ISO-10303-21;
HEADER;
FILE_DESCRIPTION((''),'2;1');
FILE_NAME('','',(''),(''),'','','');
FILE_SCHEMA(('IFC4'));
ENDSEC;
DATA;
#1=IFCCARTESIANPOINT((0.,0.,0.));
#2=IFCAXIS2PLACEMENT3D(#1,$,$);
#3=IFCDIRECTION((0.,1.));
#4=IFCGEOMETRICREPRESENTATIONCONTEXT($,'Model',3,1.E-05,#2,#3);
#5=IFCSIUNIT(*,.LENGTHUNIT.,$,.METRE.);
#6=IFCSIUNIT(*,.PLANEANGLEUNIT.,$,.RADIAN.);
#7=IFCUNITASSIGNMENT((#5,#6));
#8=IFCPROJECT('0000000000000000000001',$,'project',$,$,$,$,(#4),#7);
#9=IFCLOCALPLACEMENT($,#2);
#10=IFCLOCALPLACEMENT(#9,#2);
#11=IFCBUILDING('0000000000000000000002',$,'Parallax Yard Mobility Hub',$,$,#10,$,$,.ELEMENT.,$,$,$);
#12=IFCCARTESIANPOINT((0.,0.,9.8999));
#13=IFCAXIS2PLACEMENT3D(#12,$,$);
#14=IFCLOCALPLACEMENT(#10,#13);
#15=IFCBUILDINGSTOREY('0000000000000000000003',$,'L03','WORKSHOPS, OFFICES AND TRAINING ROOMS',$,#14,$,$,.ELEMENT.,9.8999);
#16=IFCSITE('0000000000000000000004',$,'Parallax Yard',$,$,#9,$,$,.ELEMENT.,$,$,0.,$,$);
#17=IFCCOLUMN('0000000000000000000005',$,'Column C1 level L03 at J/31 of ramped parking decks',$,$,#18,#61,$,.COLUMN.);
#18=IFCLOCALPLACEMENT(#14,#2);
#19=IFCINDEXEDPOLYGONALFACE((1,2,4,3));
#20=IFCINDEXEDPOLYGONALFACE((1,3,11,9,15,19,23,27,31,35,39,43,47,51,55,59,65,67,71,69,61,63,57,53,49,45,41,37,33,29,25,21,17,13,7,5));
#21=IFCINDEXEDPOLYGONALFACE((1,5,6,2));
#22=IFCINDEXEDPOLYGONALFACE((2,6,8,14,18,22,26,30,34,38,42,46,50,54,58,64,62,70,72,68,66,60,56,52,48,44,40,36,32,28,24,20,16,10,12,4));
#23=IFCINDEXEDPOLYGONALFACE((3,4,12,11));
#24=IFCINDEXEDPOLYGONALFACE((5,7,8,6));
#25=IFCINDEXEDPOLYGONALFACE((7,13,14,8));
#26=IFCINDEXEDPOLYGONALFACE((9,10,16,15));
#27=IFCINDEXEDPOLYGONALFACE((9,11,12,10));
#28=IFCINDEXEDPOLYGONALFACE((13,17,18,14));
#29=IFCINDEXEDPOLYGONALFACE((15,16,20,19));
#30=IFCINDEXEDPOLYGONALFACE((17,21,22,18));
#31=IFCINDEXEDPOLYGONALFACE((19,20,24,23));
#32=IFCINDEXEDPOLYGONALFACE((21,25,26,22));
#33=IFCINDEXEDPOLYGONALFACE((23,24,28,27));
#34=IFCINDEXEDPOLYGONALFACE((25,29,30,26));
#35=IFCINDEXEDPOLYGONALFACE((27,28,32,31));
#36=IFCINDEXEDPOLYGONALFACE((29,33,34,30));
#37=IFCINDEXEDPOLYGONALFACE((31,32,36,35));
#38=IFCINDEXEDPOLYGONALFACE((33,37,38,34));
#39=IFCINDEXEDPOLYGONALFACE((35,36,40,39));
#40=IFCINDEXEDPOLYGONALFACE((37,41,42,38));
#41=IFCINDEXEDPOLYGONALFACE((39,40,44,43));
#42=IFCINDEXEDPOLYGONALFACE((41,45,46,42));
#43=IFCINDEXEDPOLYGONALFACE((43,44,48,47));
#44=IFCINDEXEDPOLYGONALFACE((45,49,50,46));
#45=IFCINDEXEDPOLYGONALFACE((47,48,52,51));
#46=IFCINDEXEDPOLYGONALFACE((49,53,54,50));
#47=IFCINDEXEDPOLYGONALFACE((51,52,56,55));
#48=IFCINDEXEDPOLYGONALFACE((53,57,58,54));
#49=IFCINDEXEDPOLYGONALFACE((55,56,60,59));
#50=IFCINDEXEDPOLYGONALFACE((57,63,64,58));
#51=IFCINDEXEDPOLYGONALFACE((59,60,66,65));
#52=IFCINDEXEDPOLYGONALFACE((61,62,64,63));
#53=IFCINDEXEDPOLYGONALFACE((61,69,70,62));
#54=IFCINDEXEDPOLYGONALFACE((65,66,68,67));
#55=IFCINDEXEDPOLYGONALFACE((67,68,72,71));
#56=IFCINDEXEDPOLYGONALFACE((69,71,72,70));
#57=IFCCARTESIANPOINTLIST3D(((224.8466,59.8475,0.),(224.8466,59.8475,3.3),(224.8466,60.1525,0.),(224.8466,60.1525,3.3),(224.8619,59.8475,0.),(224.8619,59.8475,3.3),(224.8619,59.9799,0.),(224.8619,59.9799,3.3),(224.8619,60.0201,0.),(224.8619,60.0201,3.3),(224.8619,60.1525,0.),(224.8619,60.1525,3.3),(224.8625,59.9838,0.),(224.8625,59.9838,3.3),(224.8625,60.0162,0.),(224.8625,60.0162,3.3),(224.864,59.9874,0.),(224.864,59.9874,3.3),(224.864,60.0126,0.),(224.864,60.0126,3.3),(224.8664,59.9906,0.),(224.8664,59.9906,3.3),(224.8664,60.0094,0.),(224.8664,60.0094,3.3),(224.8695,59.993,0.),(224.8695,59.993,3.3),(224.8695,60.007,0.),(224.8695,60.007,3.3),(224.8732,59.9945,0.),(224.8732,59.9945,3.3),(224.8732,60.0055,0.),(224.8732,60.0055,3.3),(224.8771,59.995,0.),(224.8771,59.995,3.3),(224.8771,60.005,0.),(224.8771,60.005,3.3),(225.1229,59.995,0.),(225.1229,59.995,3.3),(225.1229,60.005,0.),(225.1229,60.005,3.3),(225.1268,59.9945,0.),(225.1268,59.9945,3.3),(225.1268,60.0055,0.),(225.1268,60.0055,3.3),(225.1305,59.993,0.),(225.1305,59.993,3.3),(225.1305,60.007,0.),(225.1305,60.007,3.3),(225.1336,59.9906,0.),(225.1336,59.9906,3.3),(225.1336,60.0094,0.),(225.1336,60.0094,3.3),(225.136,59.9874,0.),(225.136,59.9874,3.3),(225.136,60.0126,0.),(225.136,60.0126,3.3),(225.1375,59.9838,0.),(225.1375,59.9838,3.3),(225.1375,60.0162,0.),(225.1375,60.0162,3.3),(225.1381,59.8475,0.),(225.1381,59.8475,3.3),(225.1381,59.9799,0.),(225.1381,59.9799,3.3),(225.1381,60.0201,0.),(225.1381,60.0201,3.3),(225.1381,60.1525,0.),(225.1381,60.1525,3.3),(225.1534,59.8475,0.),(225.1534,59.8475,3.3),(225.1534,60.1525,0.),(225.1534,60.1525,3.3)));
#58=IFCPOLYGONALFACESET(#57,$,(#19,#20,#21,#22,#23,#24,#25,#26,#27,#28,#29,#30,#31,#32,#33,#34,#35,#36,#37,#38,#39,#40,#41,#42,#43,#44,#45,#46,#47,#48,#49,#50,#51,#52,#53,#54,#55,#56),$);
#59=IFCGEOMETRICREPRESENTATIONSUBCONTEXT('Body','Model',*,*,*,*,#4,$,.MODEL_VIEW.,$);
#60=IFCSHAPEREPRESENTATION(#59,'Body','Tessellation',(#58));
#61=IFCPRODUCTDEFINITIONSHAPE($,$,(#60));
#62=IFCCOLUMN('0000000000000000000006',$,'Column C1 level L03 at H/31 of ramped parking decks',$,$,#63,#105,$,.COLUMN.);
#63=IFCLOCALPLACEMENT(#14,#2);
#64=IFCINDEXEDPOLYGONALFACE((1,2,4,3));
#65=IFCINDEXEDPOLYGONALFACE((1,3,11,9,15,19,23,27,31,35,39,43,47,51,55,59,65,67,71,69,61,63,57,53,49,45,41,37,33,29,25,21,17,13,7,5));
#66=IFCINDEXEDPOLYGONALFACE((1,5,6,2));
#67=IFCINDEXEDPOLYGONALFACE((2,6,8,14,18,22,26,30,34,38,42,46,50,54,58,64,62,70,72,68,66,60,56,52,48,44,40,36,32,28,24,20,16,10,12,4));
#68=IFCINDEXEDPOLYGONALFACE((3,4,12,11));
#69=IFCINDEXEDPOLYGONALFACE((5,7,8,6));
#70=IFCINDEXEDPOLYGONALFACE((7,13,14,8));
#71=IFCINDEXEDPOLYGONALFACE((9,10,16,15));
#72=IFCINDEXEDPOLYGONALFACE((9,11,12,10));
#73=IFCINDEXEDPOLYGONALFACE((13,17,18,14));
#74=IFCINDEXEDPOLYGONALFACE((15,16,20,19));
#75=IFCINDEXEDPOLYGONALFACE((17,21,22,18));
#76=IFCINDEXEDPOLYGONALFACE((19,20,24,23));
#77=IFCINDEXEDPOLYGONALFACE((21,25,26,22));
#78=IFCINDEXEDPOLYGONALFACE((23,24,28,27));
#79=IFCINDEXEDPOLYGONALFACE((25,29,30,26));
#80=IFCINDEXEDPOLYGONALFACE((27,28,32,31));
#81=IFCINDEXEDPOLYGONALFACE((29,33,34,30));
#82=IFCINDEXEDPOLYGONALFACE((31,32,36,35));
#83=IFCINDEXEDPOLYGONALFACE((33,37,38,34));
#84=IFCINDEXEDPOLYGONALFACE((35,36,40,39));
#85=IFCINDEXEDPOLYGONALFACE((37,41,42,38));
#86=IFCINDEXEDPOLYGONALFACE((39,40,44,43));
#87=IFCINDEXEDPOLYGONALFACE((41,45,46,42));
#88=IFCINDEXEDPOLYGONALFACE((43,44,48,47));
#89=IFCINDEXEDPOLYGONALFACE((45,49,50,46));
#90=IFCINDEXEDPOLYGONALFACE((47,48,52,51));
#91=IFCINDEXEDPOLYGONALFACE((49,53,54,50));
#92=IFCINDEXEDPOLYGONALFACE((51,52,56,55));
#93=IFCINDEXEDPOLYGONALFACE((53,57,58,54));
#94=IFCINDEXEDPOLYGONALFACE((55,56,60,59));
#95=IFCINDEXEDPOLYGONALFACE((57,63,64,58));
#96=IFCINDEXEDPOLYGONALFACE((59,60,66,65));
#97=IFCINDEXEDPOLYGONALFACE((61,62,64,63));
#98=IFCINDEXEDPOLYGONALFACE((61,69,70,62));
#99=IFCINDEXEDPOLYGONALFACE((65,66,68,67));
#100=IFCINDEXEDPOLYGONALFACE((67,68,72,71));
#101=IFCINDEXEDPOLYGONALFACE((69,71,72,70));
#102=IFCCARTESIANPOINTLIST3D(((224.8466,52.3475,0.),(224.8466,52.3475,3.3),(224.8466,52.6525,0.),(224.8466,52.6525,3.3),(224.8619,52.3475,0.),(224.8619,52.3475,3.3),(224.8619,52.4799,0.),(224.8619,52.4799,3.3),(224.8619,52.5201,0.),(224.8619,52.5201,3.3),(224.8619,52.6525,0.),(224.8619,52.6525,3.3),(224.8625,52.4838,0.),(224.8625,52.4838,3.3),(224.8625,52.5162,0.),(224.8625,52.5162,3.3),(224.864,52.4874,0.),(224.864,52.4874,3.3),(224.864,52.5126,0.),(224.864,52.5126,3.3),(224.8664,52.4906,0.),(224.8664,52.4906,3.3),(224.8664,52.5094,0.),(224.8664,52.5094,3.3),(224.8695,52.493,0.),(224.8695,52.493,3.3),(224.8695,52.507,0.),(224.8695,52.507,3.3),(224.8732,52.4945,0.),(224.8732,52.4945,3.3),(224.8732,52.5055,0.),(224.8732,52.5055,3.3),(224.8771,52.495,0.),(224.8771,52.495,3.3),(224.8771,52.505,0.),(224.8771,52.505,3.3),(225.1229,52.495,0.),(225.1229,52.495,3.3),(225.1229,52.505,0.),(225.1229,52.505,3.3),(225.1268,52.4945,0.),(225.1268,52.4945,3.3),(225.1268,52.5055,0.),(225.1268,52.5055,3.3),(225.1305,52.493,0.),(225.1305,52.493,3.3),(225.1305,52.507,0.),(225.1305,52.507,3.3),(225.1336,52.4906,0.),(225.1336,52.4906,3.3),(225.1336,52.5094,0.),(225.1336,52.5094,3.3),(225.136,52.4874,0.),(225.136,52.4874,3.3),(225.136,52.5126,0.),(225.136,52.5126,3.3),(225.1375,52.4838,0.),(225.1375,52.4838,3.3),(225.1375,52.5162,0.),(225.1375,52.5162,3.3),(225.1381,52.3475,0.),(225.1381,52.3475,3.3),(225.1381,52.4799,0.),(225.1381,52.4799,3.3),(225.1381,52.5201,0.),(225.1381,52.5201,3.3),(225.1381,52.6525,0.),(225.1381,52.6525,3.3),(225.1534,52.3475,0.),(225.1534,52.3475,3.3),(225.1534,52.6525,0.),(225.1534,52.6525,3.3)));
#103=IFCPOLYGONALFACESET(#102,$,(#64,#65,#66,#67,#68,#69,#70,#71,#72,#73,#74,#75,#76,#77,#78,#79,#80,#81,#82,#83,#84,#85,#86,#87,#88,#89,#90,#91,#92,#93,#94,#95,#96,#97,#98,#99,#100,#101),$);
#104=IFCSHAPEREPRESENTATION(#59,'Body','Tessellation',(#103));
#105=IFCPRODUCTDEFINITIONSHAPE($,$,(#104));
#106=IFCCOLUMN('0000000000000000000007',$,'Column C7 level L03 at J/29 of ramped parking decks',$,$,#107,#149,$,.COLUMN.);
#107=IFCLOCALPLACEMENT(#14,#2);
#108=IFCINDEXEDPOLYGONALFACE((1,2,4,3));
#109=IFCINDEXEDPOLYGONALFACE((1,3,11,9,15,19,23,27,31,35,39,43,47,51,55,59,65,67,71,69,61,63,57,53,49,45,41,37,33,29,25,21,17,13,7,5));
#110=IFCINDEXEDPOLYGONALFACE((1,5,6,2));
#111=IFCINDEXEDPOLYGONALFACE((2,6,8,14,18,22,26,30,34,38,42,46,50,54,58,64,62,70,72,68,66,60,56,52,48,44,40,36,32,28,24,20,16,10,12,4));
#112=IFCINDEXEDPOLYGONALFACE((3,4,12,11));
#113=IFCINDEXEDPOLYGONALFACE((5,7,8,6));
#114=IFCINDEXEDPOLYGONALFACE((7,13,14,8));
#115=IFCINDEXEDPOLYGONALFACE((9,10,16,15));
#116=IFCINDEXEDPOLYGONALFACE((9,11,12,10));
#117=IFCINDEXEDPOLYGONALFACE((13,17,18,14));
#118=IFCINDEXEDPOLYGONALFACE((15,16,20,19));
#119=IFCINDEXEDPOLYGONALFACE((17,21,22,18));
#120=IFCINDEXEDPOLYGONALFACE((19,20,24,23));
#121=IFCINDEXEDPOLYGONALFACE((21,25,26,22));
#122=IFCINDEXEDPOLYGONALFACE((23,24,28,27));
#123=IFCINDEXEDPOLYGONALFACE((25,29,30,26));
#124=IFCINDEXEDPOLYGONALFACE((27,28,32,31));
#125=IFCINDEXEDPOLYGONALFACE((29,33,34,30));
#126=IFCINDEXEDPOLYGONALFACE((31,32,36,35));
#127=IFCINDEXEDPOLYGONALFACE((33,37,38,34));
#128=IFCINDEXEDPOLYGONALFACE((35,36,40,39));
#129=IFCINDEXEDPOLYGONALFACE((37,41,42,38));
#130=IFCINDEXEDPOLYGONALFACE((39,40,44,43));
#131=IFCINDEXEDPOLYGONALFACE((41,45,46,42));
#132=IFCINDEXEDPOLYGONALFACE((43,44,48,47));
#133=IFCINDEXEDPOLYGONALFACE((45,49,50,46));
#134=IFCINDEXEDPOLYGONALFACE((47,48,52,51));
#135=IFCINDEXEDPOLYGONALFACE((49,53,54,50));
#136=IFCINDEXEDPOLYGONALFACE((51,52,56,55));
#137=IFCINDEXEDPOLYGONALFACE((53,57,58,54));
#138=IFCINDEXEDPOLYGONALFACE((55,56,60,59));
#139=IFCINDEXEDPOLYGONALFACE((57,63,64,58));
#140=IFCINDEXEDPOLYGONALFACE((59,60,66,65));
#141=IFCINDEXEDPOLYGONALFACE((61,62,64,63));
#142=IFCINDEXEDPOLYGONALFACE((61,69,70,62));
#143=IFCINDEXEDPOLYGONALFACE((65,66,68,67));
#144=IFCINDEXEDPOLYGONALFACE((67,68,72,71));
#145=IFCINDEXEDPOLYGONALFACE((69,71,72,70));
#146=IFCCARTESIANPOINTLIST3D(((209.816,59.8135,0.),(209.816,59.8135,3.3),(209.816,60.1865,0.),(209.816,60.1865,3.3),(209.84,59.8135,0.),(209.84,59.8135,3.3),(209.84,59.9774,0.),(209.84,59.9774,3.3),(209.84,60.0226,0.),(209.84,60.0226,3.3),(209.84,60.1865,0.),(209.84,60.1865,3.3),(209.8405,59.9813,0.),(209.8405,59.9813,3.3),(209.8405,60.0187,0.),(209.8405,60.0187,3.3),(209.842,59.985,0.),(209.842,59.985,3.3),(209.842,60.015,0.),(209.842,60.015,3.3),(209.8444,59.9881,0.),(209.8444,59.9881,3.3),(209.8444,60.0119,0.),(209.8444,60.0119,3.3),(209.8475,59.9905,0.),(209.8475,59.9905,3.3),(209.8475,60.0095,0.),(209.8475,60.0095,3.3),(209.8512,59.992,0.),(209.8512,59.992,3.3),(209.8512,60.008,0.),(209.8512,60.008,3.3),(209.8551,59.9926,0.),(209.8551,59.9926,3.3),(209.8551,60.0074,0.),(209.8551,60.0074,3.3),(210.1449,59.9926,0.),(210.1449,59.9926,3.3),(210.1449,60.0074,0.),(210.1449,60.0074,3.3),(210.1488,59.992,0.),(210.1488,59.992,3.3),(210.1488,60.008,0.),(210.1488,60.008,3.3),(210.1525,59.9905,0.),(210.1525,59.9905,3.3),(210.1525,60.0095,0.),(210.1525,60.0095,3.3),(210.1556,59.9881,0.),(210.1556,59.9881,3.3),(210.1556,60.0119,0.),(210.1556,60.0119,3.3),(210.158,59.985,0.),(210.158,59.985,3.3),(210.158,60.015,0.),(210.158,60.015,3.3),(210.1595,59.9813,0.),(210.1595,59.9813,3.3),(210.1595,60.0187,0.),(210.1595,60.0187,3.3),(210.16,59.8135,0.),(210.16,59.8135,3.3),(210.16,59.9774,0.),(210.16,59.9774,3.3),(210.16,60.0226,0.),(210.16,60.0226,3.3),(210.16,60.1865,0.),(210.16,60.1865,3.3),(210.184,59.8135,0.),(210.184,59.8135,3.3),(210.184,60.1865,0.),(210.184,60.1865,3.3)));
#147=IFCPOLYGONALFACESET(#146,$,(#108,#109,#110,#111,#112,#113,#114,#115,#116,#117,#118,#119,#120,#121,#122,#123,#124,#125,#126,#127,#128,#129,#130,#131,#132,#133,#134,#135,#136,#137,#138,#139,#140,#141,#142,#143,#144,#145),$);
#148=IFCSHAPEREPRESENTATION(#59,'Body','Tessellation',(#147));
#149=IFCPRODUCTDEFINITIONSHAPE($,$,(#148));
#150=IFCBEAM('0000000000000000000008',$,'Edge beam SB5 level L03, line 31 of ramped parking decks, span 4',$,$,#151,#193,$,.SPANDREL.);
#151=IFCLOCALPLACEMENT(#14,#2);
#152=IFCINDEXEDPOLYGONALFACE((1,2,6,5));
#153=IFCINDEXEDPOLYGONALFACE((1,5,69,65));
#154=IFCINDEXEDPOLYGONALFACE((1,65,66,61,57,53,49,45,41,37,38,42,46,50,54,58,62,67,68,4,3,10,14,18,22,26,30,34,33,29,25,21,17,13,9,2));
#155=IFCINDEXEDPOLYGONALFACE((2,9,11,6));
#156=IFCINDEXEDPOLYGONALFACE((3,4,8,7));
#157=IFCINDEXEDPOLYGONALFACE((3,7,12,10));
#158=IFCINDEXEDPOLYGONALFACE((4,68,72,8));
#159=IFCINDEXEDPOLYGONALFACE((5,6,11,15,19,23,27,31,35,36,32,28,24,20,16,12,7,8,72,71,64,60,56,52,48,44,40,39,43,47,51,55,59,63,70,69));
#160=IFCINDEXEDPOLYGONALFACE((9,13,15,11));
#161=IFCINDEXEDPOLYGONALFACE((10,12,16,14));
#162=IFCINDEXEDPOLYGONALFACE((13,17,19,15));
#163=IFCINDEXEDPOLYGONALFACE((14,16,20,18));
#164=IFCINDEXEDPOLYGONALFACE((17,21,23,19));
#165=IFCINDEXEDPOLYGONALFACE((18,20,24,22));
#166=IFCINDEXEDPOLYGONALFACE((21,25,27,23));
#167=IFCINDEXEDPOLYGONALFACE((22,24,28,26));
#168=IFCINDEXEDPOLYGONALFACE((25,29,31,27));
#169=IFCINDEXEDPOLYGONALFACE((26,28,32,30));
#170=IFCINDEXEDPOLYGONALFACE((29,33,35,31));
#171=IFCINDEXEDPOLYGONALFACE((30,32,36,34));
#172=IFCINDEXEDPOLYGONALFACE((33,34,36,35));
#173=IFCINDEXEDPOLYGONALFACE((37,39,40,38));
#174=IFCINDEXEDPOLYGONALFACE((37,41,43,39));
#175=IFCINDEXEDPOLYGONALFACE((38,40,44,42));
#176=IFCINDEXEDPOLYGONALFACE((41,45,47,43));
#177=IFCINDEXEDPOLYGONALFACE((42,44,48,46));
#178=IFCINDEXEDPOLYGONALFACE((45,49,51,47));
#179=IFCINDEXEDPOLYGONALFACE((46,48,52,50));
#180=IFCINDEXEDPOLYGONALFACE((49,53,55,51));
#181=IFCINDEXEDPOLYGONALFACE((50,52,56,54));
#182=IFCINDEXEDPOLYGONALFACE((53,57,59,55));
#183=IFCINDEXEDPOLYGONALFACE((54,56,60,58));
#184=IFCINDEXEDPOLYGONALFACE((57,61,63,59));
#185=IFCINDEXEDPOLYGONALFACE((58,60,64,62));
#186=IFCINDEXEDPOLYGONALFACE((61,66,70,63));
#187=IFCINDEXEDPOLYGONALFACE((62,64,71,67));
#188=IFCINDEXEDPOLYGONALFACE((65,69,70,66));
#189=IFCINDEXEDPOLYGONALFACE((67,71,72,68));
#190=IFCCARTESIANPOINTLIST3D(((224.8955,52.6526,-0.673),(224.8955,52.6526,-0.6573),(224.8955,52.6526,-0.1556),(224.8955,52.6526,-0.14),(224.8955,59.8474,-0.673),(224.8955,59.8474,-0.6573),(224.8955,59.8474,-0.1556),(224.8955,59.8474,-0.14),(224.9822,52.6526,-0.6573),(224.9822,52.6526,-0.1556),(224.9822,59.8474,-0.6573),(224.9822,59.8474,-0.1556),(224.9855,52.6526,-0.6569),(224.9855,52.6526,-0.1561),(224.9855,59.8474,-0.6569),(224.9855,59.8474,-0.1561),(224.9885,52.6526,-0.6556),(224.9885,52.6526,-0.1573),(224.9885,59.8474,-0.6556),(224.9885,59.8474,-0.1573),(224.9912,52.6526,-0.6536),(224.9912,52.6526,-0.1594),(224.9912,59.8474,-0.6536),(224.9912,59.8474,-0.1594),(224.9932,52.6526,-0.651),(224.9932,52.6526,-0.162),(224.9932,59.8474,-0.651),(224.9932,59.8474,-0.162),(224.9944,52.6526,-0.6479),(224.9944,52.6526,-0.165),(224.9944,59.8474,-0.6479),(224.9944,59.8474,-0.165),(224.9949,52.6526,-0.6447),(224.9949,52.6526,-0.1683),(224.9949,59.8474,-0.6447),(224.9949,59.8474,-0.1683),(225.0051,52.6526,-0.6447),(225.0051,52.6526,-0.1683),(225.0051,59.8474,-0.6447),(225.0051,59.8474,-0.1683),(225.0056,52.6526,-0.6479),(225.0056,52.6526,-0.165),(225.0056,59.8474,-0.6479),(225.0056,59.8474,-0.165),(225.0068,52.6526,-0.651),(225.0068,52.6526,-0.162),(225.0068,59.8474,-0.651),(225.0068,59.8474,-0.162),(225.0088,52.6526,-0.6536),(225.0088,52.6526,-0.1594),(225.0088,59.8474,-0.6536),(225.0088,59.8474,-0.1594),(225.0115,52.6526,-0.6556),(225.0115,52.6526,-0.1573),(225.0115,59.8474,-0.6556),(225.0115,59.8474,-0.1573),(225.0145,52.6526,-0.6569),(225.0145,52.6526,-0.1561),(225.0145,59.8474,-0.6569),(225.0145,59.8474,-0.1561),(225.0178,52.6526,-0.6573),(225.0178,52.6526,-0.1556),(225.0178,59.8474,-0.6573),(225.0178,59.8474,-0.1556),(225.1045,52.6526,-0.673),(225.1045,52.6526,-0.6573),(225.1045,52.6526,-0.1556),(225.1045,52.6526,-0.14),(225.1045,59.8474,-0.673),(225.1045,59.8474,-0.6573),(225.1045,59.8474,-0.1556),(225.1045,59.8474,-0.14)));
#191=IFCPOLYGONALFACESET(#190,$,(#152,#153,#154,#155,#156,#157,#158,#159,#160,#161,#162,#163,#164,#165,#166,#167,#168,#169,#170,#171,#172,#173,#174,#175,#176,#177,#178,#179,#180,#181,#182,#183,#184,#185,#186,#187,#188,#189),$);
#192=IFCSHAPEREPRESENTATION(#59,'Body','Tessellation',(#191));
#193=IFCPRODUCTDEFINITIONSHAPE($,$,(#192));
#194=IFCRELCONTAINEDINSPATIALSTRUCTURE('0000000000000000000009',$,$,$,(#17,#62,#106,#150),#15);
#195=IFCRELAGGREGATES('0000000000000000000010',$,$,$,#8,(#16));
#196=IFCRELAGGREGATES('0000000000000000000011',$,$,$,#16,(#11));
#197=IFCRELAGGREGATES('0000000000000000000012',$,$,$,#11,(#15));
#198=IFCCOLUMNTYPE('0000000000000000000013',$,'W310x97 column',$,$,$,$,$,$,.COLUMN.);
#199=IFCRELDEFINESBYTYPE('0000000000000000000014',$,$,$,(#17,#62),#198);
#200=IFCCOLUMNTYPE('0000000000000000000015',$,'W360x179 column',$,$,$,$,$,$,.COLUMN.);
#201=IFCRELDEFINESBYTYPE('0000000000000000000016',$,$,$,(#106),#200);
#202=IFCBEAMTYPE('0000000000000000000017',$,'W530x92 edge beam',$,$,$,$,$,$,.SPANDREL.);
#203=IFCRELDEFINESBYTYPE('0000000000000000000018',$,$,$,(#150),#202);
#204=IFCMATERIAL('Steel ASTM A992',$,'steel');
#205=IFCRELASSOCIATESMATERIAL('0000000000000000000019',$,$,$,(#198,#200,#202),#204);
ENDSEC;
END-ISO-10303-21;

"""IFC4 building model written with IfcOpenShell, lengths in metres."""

from ifc_helpers import new_model, si_unit, direction, frame, origin, origin_2d, place, context, subcontext, project, spatial, i_section, extrude, material, material_profile, profile_set, type_object, element, save


model = new_model("IFC4")

# Units and contexts
model_context = context("Model", 3, precision=1e-05, world=origin(), true_north=direction((0.0, 1.0)))
body_context = subcontext(model_context, "Body", "Model", "MODEL_VIEW")
ifc_project = project(units=[si_unit("LENGTHUNIT", "METRE"), si_unit("PLANEANGLEUNIT", "RADIAN")], contexts=[model_context])

# Site, building, storey
site_placement = place(None, origin())
site = spatial("IfcSite", under=ifc_project, at=site_placement, Name="Parallax Yard", CompositionType="ELEMENT", RefElevation=0.0)
building_placement = place(site_placement, origin())
building = spatial("IfcBuilding", under=site, at=building_placement, Name="Parallax Yard Mobility Hub", CompositionType="ELEMENT")
storey_placement = place(building_placement, frame((0.0, 0.0, 9.8999)))
storey = spatial("IfcBuildingStorey", under=building, at=storey_placement, Name="L03", Description="WORKSHOPS, OFFICES AND TRAINING ROOMS", CompositionType="ELEMENT", Elevation=9.8999)

# Columns
ifc_material_1 = material(Name="Steel ASTM A992", Category="steel")
ifc_material_profile_1 = material_profile(ifc_material_1, i_section(OverallWidth=0.3049, OverallDepth=0.3069, WebThickness=0.01, FlangeThickness=0.0154, FilletRadius=0.0151, at=origin_2d()), Name="W310x97")
ifc_profile_set_1 = profile_set([ifc_material_profile_1], Name="Steel ASTM A992")
column_type_1 = type_object("IfcColumnType", Name="W310x97 column", PredefinedType="COLUMN", material=ifc_profile_set_1)
for number, where, z_axis, x_axis, name in (
    (1, (225.0, 60.0, 0.0), (0.0, 0.0, 1.0), (0.0, 1.0, 0.0), "Column C1 level L03 at J/31 of ramped parking decks"),
    (2, (225.0, 52.5, 0.0), (0.0, 0.0, 1.0), (0.0, 1.0, 0.0), "Column C1 level L03 at H/31 of ramped parking decks"),
):
    element("IfcColumn", number, at=place(storey_placement, frame(where, z_axis=z_axis, x_axis=x_axis)), inside=storey, type_object=column_type_1, Name=name, PredefinedType="COLUMN", context=body_context, shape_type="SweptSolid", body=[
        extrude(i_section(OverallWidth=0.3049, OverallDepth=0.3069, WebThickness=0.01, FlangeThickness=0.0154, FilletRadius=0.0151, at=origin_2d()), origin(), (0.0, 0.0, 1.0), 3.3),
    ])
ifc_material_profile_2 = material_profile(ifc_material_1, i_section(OverallWidth=0.373, OverallDepth=0.3679, WebThickness=0.0149, FlangeThickness=0.0239, FilletRadius=0.0151, at=origin_2d()), Name="W360x179")
ifc_profile_set_2 = profile_set([ifc_material_profile_2], Name="Steel ASTM A992")
column_type_2 = type_object("IfcColumnType", Name="W360x179 column", PredefinedType="COLUMN", material=ifc_profile_set_2)
column_placement = place(storey_placement, frame((210.0, 60.0, 0.0), z_axis=(0.0, 0.0, 1.0), x_axis=(0.0, 1.0, 0.0)))
element("IfcColumn", 3, at=column_placement, inside=storey, type_object=column_type_2, Name="Column C7 level L03 at J/29 of ramped parking decks", PredefinedType="COLUMN", context=body_context, shape_type="SweptSolid", body=[
    extrude(i_section(OverallWidth=0.373, OverallDepth=0.3679, WebThickness=0.0149, FlangeThickness=0.0239, FilletRadius=0.0151, at=origin_2d()), origin(), (0.0, 0.0, 1.0), 3.3),
])

# Beam
ifc_material_profile_3 = material_profile(ifc_material_1, i_section(OverallWidth=0.209, OverallDepth=0.533, WebThickness=0.0103, FlangeThickness=0.0156, FilletRadius=0.0127, at=origin_2d()), Name="W530x92")
ifc_profile_set_3 = profile_set([ifc_material_profile_3], Name="Steel ASTM A992")
beam_type_1 = type_object("IfcBeamType", Name="W530x92 edge beam", PredefinedType="SPANDREL", material=ifc_profile_set_3)
for number, where, z_axis, x_axis, name in (
    (4, (225.0, 52.6526, -0.4065), (0.0, 1.0, 0.0), (-1.0, 0.0, 0.0), "Edge beam SB5 level L03, line 31 of ramped parking decks, span 4"),
):
    element("IfcBeam", number, at=place(storey_placement, frame(where, z_axis=z_axis, x_axis=x_axis)), inside=storey, type_object=beam_type_1, Name=name, PredefinedType="SPANDREL", context=body_context, shape_type="SweptSolid", body=[
        extrude(i_section(OverallWidth=0.209, OverallDepth=0.533, WebThickness=0.0103, FlangeThickness=0.0156, FilletRadius=0.0127, at=origin_2d()), origin(), (0.0, 0.0, 1.0), 7.1948),
    ])

save(model, "model.ifc")
